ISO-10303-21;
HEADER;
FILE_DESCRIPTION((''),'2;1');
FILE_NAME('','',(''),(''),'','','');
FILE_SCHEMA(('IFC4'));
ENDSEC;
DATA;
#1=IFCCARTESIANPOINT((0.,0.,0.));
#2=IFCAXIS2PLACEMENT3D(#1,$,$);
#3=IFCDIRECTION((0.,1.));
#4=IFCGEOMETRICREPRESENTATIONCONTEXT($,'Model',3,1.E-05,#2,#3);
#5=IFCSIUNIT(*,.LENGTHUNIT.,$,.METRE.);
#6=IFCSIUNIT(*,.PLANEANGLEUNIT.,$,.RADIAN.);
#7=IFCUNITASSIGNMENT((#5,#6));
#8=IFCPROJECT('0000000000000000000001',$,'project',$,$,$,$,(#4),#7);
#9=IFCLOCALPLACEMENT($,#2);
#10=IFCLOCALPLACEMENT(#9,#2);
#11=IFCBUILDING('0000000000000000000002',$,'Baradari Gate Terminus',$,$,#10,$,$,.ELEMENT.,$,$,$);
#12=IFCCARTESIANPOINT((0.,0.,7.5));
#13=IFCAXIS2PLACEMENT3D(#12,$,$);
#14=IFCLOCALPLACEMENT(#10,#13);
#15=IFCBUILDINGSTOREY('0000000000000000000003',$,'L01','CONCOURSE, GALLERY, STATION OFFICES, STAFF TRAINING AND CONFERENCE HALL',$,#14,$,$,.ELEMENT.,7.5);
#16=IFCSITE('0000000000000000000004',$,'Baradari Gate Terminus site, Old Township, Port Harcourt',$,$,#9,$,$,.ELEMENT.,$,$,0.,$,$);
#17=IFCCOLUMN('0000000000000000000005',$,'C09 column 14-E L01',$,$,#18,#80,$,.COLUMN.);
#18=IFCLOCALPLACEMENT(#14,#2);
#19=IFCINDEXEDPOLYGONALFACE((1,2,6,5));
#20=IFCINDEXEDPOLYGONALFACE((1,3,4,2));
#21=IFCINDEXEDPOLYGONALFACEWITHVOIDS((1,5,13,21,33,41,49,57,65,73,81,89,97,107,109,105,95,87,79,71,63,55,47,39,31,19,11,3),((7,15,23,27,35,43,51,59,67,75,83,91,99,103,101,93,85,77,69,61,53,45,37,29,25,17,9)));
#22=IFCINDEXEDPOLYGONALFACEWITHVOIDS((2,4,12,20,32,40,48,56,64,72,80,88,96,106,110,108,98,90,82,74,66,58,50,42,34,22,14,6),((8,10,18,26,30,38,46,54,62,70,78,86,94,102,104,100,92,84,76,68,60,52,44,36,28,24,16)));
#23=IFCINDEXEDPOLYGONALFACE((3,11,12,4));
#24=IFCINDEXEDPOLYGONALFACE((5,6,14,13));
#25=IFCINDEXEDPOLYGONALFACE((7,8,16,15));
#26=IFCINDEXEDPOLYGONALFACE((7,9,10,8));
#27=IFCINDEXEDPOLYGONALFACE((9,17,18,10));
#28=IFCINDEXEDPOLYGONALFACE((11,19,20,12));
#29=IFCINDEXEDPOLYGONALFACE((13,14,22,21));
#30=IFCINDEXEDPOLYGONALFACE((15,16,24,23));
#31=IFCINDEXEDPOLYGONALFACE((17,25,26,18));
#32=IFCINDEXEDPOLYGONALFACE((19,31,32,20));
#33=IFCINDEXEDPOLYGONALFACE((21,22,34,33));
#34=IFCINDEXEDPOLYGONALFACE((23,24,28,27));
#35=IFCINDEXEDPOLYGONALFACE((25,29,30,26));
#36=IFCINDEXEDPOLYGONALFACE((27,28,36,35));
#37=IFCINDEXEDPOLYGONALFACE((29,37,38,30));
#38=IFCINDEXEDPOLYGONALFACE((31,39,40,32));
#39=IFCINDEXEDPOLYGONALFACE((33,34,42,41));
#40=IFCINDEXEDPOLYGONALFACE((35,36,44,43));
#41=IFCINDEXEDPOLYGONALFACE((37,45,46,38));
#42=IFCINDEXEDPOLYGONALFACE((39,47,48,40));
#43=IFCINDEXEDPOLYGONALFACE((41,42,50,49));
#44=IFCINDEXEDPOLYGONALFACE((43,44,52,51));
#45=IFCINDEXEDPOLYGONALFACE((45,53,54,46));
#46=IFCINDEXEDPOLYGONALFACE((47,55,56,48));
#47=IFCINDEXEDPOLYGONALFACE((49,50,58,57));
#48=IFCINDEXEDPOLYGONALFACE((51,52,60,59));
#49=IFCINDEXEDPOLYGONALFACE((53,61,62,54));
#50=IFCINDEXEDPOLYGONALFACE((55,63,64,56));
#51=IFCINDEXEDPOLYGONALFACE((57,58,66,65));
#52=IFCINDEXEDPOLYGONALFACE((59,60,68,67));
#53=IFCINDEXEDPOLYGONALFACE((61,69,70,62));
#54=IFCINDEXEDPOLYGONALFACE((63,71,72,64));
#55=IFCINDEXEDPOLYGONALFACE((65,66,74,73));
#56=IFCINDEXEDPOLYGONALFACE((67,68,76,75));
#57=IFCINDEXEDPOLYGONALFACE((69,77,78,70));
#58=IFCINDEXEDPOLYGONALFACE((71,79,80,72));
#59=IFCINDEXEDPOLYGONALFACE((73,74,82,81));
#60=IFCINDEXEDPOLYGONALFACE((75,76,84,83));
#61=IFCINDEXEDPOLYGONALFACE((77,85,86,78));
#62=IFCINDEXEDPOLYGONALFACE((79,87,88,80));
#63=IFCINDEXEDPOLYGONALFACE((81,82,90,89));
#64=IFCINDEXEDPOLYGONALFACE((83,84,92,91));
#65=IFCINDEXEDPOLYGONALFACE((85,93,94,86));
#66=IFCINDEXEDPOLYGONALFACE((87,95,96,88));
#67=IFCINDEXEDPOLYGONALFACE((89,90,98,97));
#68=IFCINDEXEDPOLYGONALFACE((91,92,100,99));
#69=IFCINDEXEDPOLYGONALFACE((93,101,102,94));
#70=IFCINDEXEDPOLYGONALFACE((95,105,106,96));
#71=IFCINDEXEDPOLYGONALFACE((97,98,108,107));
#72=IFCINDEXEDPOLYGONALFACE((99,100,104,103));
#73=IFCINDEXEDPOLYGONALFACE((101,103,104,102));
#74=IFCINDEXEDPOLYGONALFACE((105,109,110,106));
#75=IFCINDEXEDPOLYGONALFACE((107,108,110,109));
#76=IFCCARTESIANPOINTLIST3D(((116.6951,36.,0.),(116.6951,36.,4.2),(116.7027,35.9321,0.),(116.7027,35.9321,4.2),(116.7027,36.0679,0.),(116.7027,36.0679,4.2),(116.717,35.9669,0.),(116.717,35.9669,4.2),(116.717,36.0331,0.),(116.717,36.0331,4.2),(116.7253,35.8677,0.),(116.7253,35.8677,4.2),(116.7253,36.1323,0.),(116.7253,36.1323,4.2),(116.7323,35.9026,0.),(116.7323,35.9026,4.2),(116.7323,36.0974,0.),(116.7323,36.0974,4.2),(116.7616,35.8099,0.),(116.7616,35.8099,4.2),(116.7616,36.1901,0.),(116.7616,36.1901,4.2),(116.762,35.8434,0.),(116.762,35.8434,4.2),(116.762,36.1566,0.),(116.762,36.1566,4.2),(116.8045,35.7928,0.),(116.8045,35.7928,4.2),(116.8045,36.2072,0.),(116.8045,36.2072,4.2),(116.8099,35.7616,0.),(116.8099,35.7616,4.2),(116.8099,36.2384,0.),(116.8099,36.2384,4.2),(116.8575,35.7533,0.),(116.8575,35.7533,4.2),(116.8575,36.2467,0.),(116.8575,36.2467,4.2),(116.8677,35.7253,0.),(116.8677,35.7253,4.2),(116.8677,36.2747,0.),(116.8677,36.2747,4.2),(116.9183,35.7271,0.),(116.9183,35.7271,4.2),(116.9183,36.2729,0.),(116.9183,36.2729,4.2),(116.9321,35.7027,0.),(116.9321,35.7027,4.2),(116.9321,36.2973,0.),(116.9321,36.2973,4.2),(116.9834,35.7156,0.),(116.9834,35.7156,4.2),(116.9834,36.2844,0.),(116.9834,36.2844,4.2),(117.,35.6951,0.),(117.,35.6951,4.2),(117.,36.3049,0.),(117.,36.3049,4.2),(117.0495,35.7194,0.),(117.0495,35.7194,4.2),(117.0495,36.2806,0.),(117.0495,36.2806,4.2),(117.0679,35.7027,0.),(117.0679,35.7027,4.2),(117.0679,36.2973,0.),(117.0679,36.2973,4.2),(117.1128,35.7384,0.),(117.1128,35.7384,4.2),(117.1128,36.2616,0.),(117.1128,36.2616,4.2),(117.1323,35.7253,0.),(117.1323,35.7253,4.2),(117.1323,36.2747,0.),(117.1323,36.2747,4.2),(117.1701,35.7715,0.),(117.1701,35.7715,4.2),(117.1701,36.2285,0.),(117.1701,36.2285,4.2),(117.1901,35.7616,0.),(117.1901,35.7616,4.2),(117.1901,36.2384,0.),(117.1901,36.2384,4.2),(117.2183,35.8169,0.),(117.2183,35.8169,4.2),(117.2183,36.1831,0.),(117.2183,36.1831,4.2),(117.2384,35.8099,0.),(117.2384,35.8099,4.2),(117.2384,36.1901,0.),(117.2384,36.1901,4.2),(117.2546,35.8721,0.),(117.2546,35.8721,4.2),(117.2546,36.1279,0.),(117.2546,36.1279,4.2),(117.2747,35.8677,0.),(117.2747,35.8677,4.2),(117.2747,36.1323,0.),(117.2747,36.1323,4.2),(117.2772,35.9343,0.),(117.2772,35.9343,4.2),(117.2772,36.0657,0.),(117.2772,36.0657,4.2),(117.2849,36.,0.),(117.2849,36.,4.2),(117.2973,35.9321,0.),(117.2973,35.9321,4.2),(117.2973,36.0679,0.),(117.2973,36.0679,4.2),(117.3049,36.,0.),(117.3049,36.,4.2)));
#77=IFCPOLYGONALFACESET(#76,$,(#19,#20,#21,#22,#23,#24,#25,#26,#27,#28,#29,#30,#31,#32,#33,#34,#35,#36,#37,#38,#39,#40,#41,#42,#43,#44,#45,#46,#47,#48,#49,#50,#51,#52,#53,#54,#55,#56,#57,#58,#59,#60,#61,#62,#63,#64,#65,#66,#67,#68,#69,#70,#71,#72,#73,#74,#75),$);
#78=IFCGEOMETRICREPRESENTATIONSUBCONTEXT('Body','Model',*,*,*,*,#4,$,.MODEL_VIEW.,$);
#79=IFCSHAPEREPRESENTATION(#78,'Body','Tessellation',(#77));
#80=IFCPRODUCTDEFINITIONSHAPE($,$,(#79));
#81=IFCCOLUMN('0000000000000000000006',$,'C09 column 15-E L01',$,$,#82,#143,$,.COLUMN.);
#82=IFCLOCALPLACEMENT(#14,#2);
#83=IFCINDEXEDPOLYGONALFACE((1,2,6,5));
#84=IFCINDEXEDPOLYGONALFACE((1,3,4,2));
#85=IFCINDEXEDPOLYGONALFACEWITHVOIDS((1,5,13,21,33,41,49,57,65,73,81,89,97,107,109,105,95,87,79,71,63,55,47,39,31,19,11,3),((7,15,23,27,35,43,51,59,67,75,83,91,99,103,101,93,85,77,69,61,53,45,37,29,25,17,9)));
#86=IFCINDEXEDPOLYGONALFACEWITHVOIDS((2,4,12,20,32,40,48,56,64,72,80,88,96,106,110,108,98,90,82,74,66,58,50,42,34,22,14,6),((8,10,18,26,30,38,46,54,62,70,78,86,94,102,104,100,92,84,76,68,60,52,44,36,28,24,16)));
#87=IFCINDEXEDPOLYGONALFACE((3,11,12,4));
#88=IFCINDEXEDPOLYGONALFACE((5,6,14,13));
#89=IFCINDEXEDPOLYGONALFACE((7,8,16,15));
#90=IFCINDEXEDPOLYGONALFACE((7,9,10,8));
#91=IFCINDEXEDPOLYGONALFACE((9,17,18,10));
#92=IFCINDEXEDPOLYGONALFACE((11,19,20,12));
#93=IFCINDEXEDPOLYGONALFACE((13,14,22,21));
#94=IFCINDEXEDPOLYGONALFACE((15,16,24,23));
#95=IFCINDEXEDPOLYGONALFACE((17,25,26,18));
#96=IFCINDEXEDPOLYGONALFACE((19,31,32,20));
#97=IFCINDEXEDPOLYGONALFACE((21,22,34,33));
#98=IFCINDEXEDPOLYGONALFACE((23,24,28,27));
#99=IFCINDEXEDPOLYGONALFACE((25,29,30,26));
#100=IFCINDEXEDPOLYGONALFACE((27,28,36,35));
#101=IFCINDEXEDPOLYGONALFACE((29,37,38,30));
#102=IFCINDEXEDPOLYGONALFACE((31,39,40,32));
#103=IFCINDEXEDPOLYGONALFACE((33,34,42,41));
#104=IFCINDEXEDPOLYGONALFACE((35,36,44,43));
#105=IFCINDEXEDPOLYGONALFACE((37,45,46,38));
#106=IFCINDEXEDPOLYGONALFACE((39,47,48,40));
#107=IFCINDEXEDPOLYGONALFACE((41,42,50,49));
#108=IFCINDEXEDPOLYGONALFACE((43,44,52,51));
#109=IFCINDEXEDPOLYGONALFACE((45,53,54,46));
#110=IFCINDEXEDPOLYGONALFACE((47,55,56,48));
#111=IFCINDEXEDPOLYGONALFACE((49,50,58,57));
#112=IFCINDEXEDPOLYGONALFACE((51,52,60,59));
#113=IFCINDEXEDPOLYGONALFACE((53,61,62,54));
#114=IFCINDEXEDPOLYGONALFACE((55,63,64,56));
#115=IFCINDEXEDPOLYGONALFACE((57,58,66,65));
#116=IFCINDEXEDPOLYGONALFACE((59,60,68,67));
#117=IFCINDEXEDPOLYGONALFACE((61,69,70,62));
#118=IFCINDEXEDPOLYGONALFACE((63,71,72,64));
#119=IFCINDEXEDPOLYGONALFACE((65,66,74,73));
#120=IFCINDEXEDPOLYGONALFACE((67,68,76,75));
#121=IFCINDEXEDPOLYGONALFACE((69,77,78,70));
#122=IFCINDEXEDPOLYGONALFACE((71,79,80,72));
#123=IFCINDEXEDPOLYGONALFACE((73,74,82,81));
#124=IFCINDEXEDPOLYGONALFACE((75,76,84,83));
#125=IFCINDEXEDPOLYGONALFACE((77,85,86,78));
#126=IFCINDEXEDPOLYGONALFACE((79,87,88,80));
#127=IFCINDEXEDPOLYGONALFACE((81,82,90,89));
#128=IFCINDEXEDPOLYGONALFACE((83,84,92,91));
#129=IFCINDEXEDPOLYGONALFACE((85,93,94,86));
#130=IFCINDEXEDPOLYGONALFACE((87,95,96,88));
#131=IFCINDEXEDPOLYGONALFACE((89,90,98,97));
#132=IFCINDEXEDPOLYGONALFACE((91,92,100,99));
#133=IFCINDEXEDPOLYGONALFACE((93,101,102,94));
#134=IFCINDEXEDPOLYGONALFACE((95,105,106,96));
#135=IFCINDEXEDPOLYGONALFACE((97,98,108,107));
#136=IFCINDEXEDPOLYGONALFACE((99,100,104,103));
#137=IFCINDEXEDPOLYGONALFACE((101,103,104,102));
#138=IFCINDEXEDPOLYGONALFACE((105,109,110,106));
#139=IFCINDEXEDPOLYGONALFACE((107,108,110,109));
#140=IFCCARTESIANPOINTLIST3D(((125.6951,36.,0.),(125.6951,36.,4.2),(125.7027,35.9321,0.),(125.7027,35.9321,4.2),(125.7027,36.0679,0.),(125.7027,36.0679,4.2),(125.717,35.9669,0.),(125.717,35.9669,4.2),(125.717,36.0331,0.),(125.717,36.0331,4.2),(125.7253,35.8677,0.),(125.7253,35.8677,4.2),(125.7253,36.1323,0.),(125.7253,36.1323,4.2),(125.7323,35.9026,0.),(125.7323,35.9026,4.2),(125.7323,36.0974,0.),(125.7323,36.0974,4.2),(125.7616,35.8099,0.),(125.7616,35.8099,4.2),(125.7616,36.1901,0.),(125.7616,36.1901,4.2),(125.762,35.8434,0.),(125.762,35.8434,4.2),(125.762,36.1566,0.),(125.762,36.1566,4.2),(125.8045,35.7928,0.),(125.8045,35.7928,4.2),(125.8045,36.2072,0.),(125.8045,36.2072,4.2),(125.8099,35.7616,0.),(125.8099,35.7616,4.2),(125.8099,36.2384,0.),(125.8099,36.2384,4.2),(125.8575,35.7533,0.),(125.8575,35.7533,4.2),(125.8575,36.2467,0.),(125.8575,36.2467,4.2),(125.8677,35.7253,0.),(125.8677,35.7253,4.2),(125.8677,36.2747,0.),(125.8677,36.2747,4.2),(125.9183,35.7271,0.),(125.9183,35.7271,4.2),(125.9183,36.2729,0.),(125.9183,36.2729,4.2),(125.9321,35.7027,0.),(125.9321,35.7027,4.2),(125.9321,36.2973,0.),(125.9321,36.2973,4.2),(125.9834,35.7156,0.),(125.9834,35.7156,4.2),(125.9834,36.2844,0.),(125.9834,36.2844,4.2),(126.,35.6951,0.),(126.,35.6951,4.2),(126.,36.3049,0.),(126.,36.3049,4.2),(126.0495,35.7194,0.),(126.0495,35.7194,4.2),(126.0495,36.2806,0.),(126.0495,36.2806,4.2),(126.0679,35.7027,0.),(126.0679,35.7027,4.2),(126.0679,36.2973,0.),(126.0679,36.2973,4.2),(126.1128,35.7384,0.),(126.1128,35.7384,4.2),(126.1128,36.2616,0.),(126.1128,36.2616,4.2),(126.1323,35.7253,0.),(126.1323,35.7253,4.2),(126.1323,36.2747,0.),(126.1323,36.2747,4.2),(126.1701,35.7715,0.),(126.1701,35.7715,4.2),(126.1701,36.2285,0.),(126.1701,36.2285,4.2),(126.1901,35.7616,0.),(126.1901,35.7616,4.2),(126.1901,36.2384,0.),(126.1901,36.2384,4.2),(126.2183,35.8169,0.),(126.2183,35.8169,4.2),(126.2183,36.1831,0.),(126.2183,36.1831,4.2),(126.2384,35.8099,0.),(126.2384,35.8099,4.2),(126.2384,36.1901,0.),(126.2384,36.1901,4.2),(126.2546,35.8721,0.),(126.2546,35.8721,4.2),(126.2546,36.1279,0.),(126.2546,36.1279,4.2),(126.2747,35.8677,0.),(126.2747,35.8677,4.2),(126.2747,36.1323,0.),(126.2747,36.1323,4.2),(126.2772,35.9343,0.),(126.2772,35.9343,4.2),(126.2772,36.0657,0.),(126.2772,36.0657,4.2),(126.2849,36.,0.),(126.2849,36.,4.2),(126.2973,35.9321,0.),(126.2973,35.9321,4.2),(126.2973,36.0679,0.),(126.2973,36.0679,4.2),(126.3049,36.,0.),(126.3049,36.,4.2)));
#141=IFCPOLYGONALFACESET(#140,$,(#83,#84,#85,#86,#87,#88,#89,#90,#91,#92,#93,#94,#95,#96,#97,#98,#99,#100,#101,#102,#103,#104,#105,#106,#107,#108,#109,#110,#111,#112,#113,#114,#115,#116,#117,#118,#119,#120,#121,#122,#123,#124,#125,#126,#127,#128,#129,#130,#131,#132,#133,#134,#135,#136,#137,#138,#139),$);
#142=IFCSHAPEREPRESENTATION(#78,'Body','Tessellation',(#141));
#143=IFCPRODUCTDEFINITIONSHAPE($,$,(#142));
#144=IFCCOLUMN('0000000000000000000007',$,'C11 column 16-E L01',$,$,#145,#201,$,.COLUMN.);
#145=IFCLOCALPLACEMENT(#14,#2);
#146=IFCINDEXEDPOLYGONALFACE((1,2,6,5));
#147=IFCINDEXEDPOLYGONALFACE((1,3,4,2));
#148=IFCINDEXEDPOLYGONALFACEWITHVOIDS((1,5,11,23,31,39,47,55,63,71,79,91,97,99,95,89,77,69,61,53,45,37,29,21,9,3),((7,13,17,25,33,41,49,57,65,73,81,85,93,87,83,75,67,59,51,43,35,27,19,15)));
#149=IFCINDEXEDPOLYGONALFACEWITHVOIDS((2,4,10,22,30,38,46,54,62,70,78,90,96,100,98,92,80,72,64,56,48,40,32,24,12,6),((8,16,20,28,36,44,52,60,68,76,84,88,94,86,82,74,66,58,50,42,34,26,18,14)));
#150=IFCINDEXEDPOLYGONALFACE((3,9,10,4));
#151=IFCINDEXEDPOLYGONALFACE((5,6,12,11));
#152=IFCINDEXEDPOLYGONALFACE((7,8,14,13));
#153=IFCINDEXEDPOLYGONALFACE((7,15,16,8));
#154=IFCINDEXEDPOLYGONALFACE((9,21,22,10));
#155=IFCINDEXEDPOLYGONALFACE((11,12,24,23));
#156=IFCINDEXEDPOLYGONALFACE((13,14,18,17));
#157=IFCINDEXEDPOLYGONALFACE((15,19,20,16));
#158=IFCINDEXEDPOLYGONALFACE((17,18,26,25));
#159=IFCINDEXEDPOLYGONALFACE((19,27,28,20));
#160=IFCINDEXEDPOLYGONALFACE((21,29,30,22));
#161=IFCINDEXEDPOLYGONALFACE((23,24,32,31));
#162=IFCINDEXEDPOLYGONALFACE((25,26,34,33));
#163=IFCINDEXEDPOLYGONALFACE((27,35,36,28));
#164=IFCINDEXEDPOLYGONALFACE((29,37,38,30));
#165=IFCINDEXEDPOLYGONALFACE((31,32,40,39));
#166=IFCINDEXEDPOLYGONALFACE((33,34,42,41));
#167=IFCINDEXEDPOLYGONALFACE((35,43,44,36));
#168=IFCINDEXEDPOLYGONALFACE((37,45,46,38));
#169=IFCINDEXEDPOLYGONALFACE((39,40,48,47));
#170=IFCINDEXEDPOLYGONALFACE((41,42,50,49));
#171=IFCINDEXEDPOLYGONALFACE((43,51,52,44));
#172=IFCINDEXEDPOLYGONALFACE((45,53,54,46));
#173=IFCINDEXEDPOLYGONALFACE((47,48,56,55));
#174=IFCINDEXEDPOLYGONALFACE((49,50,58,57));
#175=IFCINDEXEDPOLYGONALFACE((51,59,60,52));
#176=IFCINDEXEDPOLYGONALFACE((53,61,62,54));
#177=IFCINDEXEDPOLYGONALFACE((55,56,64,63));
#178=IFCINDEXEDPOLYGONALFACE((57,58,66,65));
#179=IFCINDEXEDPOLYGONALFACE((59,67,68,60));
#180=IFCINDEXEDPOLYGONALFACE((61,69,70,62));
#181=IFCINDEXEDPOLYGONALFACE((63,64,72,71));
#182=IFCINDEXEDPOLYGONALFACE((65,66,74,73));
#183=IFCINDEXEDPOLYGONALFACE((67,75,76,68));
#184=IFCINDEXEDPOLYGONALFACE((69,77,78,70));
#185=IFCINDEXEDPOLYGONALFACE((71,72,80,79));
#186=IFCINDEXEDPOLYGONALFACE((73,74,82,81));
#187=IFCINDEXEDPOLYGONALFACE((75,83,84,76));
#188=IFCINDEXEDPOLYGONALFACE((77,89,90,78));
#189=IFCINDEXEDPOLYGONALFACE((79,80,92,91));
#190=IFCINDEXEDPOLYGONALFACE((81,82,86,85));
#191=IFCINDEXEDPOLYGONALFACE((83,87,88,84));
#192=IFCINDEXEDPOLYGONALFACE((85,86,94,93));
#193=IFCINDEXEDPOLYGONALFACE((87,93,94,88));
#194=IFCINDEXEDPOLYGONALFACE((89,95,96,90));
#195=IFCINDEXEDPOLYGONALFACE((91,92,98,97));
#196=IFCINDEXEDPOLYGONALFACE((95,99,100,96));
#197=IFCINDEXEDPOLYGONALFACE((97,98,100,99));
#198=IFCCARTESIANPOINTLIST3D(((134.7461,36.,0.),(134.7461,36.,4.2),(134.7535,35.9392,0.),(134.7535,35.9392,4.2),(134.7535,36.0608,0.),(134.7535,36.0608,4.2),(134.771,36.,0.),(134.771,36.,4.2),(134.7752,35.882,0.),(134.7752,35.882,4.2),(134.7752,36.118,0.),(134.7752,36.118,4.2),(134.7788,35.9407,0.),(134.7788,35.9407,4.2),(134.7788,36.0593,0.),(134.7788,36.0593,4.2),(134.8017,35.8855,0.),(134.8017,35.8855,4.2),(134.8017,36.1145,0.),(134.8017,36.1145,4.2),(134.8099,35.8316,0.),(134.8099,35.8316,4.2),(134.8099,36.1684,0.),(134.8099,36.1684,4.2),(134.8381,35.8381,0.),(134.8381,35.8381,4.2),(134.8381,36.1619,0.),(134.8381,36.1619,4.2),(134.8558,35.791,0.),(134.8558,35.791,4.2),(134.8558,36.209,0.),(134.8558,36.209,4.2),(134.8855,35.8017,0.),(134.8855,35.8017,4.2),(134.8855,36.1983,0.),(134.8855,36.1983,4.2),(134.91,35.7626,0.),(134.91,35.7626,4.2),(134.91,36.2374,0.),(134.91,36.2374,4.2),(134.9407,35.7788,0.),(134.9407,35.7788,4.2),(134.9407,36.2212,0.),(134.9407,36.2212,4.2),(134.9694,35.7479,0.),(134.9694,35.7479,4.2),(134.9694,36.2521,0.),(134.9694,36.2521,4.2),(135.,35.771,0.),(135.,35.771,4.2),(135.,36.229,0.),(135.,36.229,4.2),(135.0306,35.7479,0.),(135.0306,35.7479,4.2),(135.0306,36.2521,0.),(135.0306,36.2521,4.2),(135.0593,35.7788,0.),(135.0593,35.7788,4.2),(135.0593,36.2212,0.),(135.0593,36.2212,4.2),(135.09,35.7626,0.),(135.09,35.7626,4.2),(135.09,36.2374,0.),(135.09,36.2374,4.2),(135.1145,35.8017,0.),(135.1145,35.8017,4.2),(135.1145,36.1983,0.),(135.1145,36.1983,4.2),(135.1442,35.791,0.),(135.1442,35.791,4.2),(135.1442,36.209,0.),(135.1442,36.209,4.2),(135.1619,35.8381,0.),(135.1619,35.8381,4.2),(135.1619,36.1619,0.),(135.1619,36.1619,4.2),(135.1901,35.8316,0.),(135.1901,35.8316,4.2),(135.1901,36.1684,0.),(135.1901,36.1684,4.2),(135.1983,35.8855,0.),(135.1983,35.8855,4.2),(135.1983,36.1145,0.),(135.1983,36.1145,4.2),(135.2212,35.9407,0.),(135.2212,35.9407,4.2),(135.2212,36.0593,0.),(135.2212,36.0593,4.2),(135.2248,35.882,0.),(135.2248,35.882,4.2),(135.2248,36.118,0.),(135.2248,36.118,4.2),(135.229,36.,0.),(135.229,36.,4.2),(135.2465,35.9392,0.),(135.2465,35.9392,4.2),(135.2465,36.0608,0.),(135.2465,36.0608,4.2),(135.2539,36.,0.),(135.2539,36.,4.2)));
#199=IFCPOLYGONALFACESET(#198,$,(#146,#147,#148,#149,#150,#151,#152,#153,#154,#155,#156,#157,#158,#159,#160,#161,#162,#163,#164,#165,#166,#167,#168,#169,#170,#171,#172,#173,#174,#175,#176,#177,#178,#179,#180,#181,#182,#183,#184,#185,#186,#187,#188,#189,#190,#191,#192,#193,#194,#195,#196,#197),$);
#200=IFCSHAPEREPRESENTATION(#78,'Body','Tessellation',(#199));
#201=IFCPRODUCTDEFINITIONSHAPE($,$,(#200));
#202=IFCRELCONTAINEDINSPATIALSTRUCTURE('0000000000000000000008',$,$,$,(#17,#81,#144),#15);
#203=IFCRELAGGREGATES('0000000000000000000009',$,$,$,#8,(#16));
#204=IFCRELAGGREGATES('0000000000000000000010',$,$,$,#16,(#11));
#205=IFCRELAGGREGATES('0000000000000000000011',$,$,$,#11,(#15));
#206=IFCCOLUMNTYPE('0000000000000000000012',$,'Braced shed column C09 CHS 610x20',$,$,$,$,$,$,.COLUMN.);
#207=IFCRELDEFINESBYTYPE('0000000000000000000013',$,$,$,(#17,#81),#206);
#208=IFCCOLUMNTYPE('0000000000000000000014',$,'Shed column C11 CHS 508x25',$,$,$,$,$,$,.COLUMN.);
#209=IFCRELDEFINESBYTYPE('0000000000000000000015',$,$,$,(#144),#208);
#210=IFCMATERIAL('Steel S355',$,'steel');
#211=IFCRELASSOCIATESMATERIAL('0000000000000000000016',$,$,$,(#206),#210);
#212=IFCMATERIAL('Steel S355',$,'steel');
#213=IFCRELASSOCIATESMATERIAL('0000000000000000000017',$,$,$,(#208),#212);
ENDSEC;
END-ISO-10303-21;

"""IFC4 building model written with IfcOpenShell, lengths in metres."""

from ifc_helpers import new_model, si_unit, direction, frame, origin, origin_2d, place, context, subcontext, project, spatial, hollow_circle, extrude, material, material_profile, profile_set, type_object, element, save


model = new_model("IFC4")

# Units and contexts
model_context = context("Model", 3, precision=1e-05, world=origin(), true_north=direction((0.0, 1.0)))
body_context = subcontext(model_context, "Body", "Model", "MODEL_VIEW")
ifc_project = project(units=[si_unit("LENGTHUNIT", "METRE"), si_unit("PLANEANGLEUNIT", "RADIAN")], contexts=[model_context])

# Site, building, storey
site_placement = place(None, origin())
site = spatial("IfcSite", under=ifc_project, at=site_placement, Name="Baradari Gate Terminus site, Old Township, Port Harcourt", CompositionType="ELEMENT", RefElevation=0.0)
building_placement = place(site_placement, origin())
building = spatial("IfcBuilding", under=site, at=building_placement, Name="Baradari Gate Terminus", CompositionType="ELEMENT")
storey_placement = place(building_placement, frame((0.0, 0.0, 7.5)))
storey = spatial("IfcBuildingStorey", under=building, at=storey_placement, Name="L01", Description="CONCOURSE, GALLERY, STATION OFFICES, STAFF TRAINING AND CONFERENCE HALL", CompositionType="ELEMENT", Elevation=7.5)

# Columns
ifc_material_1 = material(Name="Steel S355", Category="steel")
ifc_material_profile_1 = material_profile(ifc_material_1, hollow_circle(Radius=0.3049, WallThickness=0.02, at=origin_2d()), Name="CHS 610x20")
ifc_profile_set_1 = profile_set([ifc_material_profile_1], Name="Steel S355")
column_type_1 = type_object("IfcColumnType", Name="Braced shed column C09 CHS 610x20", PredefinedType="COLUMN", material=ifc_profile_set_1)
for number, where, z_axis, x_axis, name in (
    (1, (117.0, 36.0, 0.0), (0.0, 0.0, 1.0), (1.0, 0.0, 0.0), "C09 column 14-E L01"),
    (2, (126.0, 36.0, 0.0), (0.0, 0.0, 1.0), (1.0, 0.0, 0.0), "C09 column 15-E L01"),
):
    element("IfcColumn", number, at=place(storey_placement, frame(where, z_axis=z_axis, x_axis=x_axis)), inside=storey, type_object=column_type_1, Name=name, PredefinedType="COLUMN", context=body_context, shape_type="SweptSolid", body=[
        extrude(hollow_circle(Radius=0.3049, WallThickness=0.02, at=origin_2d()), origin(), (0.0, 0.0, 1.0), 4.2),
    ])
ifc_material_2 = material(Name="Steel S355", Category="steel")
ifc_material_profile_2 = material_profile(ifc_material_2, hollow_circle(Radius=0.2539, WallThickness=0.0249, at=origin_2d()), Name="CHS 508x25")
ifc_profile_set_2 = profile_set([ifc_material_profile_2], Name="Steel S355")
column_type_2 = type_object("IfcColumnType", Name="Shed column C11 CHS 508x25", PredefinedType="COLUMN", material=ifc_profile_set_2)
for number, where, z_axis, x_axis, name in (
    (3, (135.0, 36.0, 0.0), (0.0, 0.0, 1.0), (1.0, 0.0, 0.0), "C11 column 16-E L01"),
):
    element("IfcColumn", number, at=place(storey_placement, frame(where, z_axis=z_axis, x_axis=x_axis)), inside=storey, type_object=column_type_2, Name=name, PredefinedType="COLUMN", context=body_context, shape_type="SweptSolid", body=[
        extrude(hollow_circle(Radius=0.2539, WallThickness=0.0249, at=origin_2d()), origin(), (0.0, 0.0, 1.0), 4.2),
    ])

save(model, "model.ifc")
